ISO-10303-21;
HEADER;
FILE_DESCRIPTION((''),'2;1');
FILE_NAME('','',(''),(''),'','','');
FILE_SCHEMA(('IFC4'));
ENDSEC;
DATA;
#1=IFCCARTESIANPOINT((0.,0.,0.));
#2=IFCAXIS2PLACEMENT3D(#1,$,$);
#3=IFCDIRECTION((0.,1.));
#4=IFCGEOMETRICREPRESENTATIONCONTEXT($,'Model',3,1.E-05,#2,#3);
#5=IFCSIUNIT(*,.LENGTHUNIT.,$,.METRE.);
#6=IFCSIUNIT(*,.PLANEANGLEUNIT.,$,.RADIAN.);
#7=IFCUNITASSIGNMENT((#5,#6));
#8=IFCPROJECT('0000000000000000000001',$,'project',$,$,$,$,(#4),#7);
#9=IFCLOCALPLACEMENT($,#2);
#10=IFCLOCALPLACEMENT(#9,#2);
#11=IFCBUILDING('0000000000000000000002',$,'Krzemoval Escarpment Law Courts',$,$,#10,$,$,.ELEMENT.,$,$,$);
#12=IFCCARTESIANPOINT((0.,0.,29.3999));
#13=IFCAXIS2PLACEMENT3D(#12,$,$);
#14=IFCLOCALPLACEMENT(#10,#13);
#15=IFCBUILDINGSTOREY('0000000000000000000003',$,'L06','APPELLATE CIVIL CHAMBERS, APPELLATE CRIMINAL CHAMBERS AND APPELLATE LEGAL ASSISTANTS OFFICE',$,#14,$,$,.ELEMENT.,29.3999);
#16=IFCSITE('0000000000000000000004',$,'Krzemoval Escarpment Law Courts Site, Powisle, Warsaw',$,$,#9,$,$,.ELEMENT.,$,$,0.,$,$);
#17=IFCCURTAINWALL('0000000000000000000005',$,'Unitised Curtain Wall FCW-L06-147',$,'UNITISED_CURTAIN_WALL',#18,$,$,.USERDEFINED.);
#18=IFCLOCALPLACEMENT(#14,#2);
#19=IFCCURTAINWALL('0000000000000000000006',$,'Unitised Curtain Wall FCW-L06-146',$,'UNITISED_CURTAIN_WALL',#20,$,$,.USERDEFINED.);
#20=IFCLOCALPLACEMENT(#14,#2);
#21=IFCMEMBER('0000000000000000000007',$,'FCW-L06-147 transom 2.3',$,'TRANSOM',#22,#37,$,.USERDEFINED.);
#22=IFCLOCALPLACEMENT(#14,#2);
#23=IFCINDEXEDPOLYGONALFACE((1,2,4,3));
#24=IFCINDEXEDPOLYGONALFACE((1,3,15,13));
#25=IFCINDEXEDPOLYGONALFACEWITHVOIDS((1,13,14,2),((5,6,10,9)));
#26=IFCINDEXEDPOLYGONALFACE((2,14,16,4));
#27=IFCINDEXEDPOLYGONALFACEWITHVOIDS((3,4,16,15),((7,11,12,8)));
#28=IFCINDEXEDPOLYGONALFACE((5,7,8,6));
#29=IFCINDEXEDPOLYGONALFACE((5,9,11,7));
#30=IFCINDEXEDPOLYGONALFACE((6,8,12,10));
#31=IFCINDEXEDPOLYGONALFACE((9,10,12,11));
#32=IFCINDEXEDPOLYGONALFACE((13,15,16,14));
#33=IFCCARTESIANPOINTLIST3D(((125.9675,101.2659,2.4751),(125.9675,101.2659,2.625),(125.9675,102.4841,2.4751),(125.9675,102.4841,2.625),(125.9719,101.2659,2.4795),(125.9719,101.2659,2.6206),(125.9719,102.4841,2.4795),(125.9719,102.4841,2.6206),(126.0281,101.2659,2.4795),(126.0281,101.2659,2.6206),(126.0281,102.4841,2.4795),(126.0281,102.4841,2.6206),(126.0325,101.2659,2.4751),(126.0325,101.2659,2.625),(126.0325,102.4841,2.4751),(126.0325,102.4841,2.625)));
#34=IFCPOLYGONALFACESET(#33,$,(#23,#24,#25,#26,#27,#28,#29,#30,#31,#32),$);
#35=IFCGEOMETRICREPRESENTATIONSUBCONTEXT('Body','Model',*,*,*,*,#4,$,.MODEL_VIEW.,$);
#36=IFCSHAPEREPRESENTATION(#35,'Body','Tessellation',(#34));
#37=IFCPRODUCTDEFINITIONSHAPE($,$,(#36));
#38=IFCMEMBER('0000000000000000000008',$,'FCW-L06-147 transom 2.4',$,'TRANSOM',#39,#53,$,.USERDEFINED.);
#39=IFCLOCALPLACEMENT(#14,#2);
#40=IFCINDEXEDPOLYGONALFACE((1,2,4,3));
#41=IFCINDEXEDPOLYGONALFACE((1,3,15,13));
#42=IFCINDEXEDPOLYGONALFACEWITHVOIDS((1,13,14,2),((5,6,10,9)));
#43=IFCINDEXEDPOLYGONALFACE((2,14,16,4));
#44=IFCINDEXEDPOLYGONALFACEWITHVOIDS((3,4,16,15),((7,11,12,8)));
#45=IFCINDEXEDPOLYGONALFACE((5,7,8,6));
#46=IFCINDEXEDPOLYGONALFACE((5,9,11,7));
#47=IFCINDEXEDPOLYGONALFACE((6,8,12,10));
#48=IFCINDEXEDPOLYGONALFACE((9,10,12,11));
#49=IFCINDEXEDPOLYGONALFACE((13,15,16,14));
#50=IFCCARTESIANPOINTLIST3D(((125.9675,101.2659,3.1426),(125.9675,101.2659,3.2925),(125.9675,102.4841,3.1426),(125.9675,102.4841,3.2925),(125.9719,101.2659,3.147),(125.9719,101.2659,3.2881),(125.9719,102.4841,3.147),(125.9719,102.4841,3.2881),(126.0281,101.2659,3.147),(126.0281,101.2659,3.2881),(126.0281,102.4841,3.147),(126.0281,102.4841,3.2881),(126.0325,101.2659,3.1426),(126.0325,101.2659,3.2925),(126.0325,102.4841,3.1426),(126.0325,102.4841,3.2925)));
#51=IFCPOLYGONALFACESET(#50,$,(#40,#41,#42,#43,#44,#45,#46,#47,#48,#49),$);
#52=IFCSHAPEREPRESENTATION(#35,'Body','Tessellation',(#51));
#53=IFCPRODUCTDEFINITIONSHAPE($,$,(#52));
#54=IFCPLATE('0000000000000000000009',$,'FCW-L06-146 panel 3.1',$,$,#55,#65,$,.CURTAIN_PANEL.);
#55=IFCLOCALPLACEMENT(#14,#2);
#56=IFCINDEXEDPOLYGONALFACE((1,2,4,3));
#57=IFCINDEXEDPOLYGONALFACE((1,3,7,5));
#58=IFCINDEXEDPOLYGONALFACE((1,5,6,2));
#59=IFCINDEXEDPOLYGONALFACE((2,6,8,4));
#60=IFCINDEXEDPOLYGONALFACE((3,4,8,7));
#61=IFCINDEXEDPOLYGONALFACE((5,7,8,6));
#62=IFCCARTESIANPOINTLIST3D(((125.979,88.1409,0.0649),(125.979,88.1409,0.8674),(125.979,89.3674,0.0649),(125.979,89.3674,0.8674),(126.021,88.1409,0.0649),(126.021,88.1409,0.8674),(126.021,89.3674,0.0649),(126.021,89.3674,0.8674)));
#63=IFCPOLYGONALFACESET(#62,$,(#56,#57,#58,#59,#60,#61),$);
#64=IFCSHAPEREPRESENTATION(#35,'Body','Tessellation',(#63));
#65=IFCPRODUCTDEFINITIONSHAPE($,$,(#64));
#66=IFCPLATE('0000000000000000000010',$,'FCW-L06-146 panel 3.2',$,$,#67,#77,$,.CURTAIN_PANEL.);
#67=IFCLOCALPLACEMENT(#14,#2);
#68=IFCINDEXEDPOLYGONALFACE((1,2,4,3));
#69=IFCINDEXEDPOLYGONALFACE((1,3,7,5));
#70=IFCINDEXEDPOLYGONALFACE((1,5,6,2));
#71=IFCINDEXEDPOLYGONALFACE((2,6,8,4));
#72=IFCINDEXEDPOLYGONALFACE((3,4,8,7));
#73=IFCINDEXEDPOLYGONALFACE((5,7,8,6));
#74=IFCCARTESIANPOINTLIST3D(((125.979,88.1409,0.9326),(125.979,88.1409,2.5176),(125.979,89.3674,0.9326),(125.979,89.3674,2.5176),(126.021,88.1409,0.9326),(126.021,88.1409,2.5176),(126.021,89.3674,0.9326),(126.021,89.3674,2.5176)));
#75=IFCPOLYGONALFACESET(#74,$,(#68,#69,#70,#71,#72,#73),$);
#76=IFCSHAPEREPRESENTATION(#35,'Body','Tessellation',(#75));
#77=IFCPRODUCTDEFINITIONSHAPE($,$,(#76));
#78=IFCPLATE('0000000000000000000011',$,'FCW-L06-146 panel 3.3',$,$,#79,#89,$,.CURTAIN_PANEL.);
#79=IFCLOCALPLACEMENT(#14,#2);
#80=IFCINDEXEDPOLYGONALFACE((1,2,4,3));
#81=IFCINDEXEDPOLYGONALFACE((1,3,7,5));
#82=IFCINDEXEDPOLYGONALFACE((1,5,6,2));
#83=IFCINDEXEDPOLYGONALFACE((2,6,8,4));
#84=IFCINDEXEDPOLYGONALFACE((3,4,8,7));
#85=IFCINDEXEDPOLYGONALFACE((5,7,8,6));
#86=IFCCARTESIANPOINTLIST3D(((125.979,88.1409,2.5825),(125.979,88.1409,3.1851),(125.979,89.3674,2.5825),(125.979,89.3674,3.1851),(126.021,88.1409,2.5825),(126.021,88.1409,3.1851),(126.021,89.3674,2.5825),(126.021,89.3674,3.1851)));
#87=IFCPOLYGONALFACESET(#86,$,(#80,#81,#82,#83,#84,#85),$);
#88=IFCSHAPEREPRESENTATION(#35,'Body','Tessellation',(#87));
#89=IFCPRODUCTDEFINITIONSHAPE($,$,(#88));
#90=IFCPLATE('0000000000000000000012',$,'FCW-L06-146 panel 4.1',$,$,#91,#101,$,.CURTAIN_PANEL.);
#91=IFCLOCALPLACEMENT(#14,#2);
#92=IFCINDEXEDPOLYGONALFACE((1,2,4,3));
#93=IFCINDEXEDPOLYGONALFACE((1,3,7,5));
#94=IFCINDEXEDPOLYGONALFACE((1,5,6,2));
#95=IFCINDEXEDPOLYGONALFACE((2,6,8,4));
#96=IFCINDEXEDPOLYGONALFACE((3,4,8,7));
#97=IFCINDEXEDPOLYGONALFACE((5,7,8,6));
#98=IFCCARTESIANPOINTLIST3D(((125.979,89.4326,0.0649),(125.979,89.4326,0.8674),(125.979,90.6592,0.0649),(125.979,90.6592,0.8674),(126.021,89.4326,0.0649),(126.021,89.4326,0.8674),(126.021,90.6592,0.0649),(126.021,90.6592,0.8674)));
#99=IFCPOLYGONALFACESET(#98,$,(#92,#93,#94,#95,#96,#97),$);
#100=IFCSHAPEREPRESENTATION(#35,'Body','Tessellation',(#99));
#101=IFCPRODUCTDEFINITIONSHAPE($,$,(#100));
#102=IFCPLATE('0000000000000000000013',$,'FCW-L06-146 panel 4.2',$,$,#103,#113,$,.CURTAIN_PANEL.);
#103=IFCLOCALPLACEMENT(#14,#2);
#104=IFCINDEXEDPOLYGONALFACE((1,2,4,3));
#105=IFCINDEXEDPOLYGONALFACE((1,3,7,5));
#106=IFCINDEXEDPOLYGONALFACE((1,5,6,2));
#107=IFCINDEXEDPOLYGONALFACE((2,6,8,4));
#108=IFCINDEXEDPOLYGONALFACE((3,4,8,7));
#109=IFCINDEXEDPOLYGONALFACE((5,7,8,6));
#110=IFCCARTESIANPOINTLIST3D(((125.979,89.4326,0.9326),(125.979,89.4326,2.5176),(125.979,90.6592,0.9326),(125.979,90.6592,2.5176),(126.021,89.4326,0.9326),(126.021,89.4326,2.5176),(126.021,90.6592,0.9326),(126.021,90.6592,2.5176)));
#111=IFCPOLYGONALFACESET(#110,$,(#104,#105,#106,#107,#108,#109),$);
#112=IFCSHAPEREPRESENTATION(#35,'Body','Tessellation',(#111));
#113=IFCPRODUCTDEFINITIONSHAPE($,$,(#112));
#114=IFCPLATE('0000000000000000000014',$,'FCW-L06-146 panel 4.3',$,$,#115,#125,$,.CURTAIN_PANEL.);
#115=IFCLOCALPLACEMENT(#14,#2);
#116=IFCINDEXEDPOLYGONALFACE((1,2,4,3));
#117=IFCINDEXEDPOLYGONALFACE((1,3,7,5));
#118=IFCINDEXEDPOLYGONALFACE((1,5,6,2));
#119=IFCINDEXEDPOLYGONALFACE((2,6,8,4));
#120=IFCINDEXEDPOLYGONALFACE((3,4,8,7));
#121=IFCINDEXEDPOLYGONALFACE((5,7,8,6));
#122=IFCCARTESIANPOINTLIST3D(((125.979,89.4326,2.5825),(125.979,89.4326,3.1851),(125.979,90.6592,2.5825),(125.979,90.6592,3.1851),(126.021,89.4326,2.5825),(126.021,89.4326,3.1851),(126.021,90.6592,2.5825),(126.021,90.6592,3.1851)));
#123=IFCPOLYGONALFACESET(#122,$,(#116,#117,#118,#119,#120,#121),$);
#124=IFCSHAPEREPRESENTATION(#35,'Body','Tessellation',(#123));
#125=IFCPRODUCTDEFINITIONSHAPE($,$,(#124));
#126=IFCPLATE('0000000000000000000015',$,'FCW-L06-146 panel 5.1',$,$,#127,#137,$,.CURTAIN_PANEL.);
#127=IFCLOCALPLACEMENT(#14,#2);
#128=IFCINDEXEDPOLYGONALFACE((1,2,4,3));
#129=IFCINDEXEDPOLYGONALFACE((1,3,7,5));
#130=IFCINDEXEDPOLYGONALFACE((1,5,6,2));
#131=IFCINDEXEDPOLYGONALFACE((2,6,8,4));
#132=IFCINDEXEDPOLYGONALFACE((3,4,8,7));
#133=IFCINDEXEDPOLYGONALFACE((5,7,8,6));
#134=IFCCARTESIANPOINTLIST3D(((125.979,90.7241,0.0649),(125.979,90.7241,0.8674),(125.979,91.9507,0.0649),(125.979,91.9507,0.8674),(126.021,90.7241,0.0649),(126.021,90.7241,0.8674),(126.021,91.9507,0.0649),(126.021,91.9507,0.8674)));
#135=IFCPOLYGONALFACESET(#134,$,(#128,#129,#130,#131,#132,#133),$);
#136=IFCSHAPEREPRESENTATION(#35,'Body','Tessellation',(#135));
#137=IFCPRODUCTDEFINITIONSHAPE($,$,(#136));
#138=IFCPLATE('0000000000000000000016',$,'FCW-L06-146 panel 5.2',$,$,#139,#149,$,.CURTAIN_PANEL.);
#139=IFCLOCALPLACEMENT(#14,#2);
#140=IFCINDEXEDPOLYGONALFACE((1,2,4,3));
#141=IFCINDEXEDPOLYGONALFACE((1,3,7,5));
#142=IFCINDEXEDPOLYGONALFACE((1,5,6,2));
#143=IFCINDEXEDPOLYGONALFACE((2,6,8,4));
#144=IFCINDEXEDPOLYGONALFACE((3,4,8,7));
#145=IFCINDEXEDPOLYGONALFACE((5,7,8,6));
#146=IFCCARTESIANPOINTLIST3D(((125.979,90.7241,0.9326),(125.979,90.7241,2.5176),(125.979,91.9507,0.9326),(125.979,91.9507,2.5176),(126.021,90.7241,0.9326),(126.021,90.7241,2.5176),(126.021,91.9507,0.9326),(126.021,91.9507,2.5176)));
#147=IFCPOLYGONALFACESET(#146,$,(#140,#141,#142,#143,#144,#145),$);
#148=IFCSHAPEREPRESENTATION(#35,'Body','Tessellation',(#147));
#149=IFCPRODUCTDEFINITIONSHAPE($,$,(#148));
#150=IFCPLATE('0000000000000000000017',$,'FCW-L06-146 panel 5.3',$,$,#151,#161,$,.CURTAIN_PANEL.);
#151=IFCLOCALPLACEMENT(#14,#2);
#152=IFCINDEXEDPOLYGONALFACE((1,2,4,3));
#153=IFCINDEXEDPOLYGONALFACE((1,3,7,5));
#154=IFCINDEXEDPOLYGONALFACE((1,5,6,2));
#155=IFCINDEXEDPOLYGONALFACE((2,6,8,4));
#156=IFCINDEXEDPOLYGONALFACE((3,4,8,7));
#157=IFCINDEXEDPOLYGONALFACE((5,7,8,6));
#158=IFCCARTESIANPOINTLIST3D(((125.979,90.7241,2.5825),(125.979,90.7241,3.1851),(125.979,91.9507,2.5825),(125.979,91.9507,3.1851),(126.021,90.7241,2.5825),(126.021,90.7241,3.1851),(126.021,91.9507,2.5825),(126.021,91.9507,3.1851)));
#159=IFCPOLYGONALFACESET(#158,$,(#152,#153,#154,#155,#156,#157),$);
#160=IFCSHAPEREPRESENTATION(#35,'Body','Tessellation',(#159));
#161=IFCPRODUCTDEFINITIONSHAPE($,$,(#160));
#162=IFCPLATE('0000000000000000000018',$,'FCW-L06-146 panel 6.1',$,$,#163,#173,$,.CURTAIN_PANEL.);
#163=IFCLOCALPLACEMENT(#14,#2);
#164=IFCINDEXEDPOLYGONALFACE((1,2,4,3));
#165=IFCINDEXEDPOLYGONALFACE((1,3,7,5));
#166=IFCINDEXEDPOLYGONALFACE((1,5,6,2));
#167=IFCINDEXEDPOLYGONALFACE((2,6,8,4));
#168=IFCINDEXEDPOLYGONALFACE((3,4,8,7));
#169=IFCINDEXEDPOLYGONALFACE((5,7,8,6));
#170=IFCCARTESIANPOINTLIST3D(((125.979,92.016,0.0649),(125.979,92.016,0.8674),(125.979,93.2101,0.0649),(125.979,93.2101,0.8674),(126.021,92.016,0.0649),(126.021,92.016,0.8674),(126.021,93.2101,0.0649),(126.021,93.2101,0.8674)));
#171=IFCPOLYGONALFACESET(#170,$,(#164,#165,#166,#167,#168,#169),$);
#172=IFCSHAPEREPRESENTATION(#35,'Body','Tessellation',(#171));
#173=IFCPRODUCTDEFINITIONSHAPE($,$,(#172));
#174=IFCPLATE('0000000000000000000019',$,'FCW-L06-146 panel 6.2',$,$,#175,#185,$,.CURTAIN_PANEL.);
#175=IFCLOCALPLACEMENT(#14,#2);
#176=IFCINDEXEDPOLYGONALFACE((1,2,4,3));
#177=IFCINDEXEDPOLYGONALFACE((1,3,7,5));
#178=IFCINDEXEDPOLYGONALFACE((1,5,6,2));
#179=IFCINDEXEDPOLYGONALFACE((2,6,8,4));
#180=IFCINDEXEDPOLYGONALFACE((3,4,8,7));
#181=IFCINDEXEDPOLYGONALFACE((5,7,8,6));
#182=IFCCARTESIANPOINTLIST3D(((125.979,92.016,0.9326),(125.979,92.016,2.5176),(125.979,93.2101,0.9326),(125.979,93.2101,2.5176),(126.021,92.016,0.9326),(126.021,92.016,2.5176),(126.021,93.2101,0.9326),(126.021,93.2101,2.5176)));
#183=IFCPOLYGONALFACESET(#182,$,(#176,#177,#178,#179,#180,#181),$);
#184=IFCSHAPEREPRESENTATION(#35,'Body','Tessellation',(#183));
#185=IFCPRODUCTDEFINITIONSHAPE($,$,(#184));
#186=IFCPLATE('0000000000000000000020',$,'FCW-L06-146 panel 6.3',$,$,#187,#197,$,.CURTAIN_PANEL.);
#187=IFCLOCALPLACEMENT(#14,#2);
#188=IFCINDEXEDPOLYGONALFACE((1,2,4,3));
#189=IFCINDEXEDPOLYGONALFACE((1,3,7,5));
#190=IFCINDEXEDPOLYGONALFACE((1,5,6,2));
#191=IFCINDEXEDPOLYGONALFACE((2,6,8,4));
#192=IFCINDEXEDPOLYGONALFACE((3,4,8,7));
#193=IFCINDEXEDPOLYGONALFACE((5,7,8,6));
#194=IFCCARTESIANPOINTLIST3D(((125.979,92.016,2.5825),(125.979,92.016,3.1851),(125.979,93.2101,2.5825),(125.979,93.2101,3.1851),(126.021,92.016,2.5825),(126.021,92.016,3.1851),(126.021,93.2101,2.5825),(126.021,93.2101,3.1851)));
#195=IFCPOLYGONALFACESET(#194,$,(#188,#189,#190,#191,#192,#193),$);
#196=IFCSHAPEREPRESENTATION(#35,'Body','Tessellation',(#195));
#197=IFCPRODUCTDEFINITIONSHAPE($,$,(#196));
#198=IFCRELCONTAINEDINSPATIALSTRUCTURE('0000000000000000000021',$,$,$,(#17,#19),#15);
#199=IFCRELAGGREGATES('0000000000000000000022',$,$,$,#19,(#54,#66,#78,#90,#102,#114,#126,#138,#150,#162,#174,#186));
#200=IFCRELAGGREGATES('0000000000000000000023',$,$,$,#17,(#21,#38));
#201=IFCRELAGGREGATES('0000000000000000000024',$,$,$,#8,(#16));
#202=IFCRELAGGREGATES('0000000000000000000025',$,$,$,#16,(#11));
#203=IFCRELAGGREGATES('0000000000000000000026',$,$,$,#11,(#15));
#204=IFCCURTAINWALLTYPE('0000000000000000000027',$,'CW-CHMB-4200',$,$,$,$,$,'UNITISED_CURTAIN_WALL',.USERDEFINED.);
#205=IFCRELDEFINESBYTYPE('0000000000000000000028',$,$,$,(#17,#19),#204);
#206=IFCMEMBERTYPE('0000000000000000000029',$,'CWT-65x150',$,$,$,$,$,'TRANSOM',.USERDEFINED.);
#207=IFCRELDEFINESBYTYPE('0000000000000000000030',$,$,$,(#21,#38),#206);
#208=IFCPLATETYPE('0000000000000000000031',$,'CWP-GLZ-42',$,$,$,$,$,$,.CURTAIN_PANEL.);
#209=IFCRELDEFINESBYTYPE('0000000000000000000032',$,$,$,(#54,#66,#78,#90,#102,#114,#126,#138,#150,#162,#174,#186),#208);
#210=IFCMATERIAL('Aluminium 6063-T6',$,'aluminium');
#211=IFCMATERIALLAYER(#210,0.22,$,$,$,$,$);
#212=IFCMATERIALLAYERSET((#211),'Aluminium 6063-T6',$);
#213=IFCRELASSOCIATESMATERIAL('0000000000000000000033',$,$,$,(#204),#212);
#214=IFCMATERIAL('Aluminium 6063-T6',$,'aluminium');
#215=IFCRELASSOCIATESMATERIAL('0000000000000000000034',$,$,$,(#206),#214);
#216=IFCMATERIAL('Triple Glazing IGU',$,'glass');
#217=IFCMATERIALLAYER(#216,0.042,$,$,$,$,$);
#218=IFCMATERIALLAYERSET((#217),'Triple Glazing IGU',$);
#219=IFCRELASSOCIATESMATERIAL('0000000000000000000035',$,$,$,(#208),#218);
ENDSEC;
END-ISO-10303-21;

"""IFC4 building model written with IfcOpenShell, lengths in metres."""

from ifc_helpers import new_model, si_unit, direction, frame, origin, origin_2d, place, context, subcontext, project, spatial, rectangle, hollow_rectangle, extrude, material, layer, layer_set, material_profile, profile_set, type_object, element, aggregate, save


model = new_model("IFC4")

# Units and contexts
model_context = context("Model", 3, precision=1e-05, world=origin(), true_north=direction((0.0, 1.0)))
body_context = subcontext(model_context, "Body", "Model", "MODEL_VIEW")
ifc_project = project(units=[si_unit("LENGTHUNIT", "METRE"), si_unit("PLANEANGLEUNIT", "RADIAN")], contexts=[model_context])

# Site, building, storey
site_placement = place(None, origin())
site = spatial("IfcSite", under=ifc_project, at=site_placement, Name="Krzemoval Escarpment Law Courts Site, Powisle, Warsaw", CompositionType="ELEMENT", RefElevation=0.0)
building_placement = place(site_placement, origin())
building = spatial("IfcBuilding", under=site, at=building_placement, Name="Krzemoval Escarpment Law Courts", CompositionType="ELEMENT")
storey_placement = place(building_placement, frame((0.0, 0.0, 29.3999)))
storey = spatial("IfcBuildingStorey", under=building, at=storey_placement, Name="L06", Description="APPELLATE CIVIL CHAMBERS, APPELLATE CRIMINAL CHAMBERS AND APPELLATE LEGAL ASSISTANTS OFFICE", CompositionType="ELEMENT", Elevation=29.3999)

# Curtain walls
ifc_material_1 = material(Name="Aluminium 6063-T6", Category="aluminium")
ifc_layer_1 = layer(ifc_material_1, 0.22)
ifc_layer_set_1 = layer_set([ifc_layer_1], Name="Aluminium 6063-T6")
curtain_wall_type = type_object("IfcCurtainWallType", Name="CW-CHMB-4200", ElementType="UNITISED_CURTAIN_WALL", PredefinedType="USERDEFINED", material=ifc_layer_set_1)
curtain_wall_1_placement = place(storey_placement, origin())
curtain_wall_1 = element("IfcCurtainWall", 1, at=curtain_wall_1_placement, inside=storey, type_object=curtain_wall_type, Name="Unitised Curtain Wall FCW-L06-147", ObjectType="UNITISED_CURTAIN_WALL", PredefinedType="USERDEFINED")
curtain_wall_2_placement = place(storey_placement, origin())
curtain_wall_2 = element("IfcCurtainWall", 2, at=curtain_wall_2_placement, inside=storey, type_object=curtain_wall_type, Name="Unitised Curtain Wall FCW-L06-146", ObjectType="UNITISED_CURTAIN_WALL", PredefinedType="USERDEFINED")
ifc_material_2 = material(Name="Aluminium 6063-T6", Category="aluminium")
ifc_material_profile_1 = material_profile(ifc_material_2, hollow_rectangle(XDim=0.0649, YDim=0.1499, WallThickness=0.0044, at=origin_2d()), Name="ALU T65x150")
ifc_profile_set_1 = profile_set([ifc_material_profile_1], Name="Aluminium 6063-T6")
member_type_1 = type_object("IfcMemberType", Name="CWT-65x150", ElementType="TRANSOM", PredefinedType="USERDEFINED", material=ifc_profile_set_1)

# Members
member_1_placement = place(storey_placement, frame((126.0, 101.2659, 2.55), z_axis=(0.0, 1.0, 0.0), x_axis=(-1.0, 0.0, 0.0)))
member_1 = element("IfcMember", 3, at=member_1_placement, type_object=member_type_1, Name="FCW-L06-147 transom 2.3", ObjectType="TRANSOM", PredefinedType="USERDEFINED", context=body_context, shape_type="SweptSolid", body=[
    extrude(hollow_rectangle(XDim=0.0649, YDim=0.1499, WallThickness=0.0044, at=origin_2d()), origin(), (0.0, 0.0, 1.0), 1.2183),
])
member_2_placement = place(storey_placement, frame((126.0, 101.2659, 3.2175), z_axis=(0.0, 1.0, 0.0), x_axis=(-1.0, 0.0, 0.0)))
member_2 = element("IfcMember", 4, at=member_2_placement, type_object=member_type_1, Name="FCW-L06-147 transom 2.4", ObjectType="TRANSOM", PredefinedType="USERDEFINED", context=body_context, shape_type="SweptSolid", body=[
    extrude(hollow_rectangle(XDim=0.0649, YDim=0.1499, WallThickness=0.0044, at=origin_2d()), origin(), (0.0, 0.0, 1.0), 1.2183),
])

# Plates
ifc_material_3 = material(Name="Triple Glazing IGU", Category="glass")
ifc_layer_2 = layer(ifc_material_3, 0.042)
ifc_layer_set_2 = layer_set([ifc_layer_2], Name="Triple Glazing IGU")
plate_type = type_object("IfcPlateType", Name="CWP-GLZ-42", PredefinedType="CURTAIN_PANEL", material=ifc_layer_set_2)
plate_1_placement = place(storey_placement, frame((126.0, 88.7542, 0.0649), z_axis=(0.0, 0.0, 1.0), x_axis=(0.0, 1.0, 0.0)))
plate_1 = element("IfcPlate", 5, at=plate_1_placement, type_object=plate_type, Name="FCW-L06-146 panel 3.1", PredefinedType="CURTAIN_PANEL", context=body_context, shape_type="SweptSolid", body=[
    extrude(rectangle(XDim=1.2266, YDim=0.042, at=origin_2d()), origin(), (0.0, 0.0, 1.0), 0.8025),
])
plate_2_placement = place(storey_placement, frame((126.0, 88.7542, 0.9326), z_axis=(0.0, 0.0, 1.0), x_axis=(0.0, 1.0, 0.0)))
plate_2 = element("IfcPlate", 6, at=plate_2_placement, type_object=plate_type, Name="FCW-L06-146 panel 3.2", PredefinedType="CURTAIN_PANEL", context=body_context, shape_type="SweptSolid", body=[
    extrude(rectangle(XDim=1.2266, YDim=0.042, at=origin_2d()), origin(), (0.0, 0.0, 1.0), 1.585),
])
plate_3_placement = place(storey_placement, frame((126.0, 88.7542, 2.5825), z_axis=(0.0, 0.0, 1.0), x_axis=(0.0, 1.0, 0.0)))
plate_3 = element("IfcPlate", 7, at=plate_3_placement, type_object=plate_type, Name="FCW-L06-146 panel 3.3", PredefinedType="CURTAIN_PANEL", context=body_context, shape_type="SweptSolid", body=[
    extrude(rectangle(XDim=1.2266, YDim=0.042, at=origin_2d()), origin(), (0.0, 0.0, 1.0), 0.6025),
])
plate_4_placement = place(storey_placement, frame((126.0, 90.0459, 0.0649), z_axis=(0.0, 0.0, 1.0), x_axis=(0.0, 1.0, 0.0)))
plate_4 = element("IfcPlate", 8, at=plate_4_placement, type_object=plate_type, Name="FCW-L06-146 panel 4.1", PredefinedType="CURTAIN_PANEL", context=body_context, shape_type="SweptSolid", body=[
    extrude(rectangle(XDim=1.2266, YDim=0.042, at=origin_2d()), origin(), (0.0, 0.0, 1.0), 0.8025),
])
plate_5_placement = place(storey_placement, frame((126.0, 90.0459, 0.9326), z_axis=(0.0, 0.0, 1.0), x_axis=(0.0, 1.0, 0.0)))
plate_5 = element("IfcPlate", 9, at=plate_5_placement, type_object=plate_type, Name="FCW-L06-146 panel 4.2", PredefinedType="CURTAIN_PANEL", context=body_context, shape_type="SweptSolid", body=[
    extrude(rectangle(XDim=1.2266, YDim=0.042, at=origin_2d()), origin(), (0.0, 0.0, 1.0), 1.585),
])
plate_6_placement = place(storey_placement, frame((126.0, 90.0459, 2.5825), z_axis=(0.0, 0.0, 1.0), x_axis=(0.0, 1.0, 0.0)))
plate_6 = element("IfcPlate", 10, at=plate_6_placement, type_object=plate_type, Name="FCW-L06-146 panel 4.3", PredefinedType="CURTAIN_PANEL", context=body_context, shape_type="SweptSolid", body=[
    extrude(rectangle(XDim=1.2266, YDim=0.042, at=origin_2d()), origin(), (0.0, 0.0, 1.0), 0.6025),
])
plate_7_placement = place(storey_placement, frame((126.0, 91.3374, 0.0649), z_axis=(0.0, 0.0, 1.0), x_axis=(0.0, 1.0, 0.0)))
plate_7 = element("IfcPlate", 11, at=plate_7_placement, type_object=plate_type, Name="FCW-L06-146 panel 5.1", PredefinedType="CURTAIN_PANEL", context=body_context, shape_type="SweptSolid", body=[
    extrude(rectangle(XDim=1.2266, YDim=0.042, at=origin_2d()), origin(), (0.0, 0.0, 1.0), 0.8025),
])
plate_8_placement = place(storey_placement, frame((126.0, 91.3374, 0.9326), z_axis=(0.0, 0.0, 1.0), x_axis=(0.0, 1.0, 0.0)))
plate_8 = element("IfcPlate", 12, at=plate_8_placement, type_object=plate_type, Name="FCW-L06-146 panel 5.2", PredefinedType="CURTAIN_PANEL", context=body_context, shape_type="SweptSolid", body=[
    extrude(rectangle(XDim=1.2266, YDim=0.042, at=origin_2d()), origin(), (0.0, 0.0, 1.0), 1.585),
])
plate_9_placement = place(storey_placement, frame((126.0, 91.3374, 2.5825), z_axis=(0.0, 0.0, 1.0), x_axis=(0.0, 1.0, 0.0)))
plate_9 = element("IfcPlate", 13, at=plate_9_placement, type_object=plate_type, Name="FCW-L06-146 panel 5.3", PredefinedType="CURTAIN_PANEL", context=body_context, shape_type="SweptSolid", body=[
    extrude(rectangle(XDim=1.2266, YDim=0.042, at=origin_2d()), origin(), (0.0, 0.0, 1.0), 0.6025),
])
plate_10_placement = place(storey_placement, frame((126.0, 92.613, 0.0649), z_axis=(0.0, 0.0, 1.0), x_axis=(0.0, 1.0, 0.0)))
plate_10 = element("IfcPlate", 14, at=plate_10_placement, type_object=plate_type, Name="FCW-L06-146 panel 6.1", PredefinedType="CURTAIN_PANEL", context=body_context, shape_type="SweptSolid", body=[
    extrude(rectangle(XDim=1.1941, YDim=0.042, at=origin_2d()), origin(), (0.0, 0.0, 1.0), 0.8025),
])
plate_11_placement = place(storey_placement, frame((126.0, 92.613, 0.9326), z_axis=(0.0, 0.0, 1.0), x_axis=(0.0, 1.0, 0.0)))
plate_11 = element("IfcPlate", 15, at=plate_11_placement, type_object=plate_type, Name="FCW-L06-146 panel 6.2", PredefinedType="CURTAIN_PANEL", context=body_context, shape_type="SweptSolid", body=[
    extrude(rectangle(XDim=1.1941, YDim=0.042, at=origin_2d()), origin(), (0.0, 0.0, 1.0), 1.585),
])
plate_12_placement = place(storey_placement, frame((126.0, 92.613, 2.5825), z_axis=(0.0, 0.0, 1.0), x_axis=(0.0, 1.0, 0.0)))
plate_12 = element("IfcPlate", 16, at=plate_12_placement, type_object=plate_type, Name="FCW-L06-146 panel 6.3", PredefinedType="CURTAIN_PANEL", context=body_context, shape_type="SweptSolid", body=[
    extrude(rectangle(XDim=1.1941, YDim=0.042, at=origin_2d()), origin(), (0.0, 0.0, 1.0), 0.6025),
])
aggregate(curtain_wall_2, [plate_1, plate_2, plate_3, plate_4, plate_5, plate_6, plate_7, plate_8, plate_9, plate_10, plate_11, plate_12])
aggregate(curtain_wall_1, [member_1, member_2])

save(model, "model.ifc")
